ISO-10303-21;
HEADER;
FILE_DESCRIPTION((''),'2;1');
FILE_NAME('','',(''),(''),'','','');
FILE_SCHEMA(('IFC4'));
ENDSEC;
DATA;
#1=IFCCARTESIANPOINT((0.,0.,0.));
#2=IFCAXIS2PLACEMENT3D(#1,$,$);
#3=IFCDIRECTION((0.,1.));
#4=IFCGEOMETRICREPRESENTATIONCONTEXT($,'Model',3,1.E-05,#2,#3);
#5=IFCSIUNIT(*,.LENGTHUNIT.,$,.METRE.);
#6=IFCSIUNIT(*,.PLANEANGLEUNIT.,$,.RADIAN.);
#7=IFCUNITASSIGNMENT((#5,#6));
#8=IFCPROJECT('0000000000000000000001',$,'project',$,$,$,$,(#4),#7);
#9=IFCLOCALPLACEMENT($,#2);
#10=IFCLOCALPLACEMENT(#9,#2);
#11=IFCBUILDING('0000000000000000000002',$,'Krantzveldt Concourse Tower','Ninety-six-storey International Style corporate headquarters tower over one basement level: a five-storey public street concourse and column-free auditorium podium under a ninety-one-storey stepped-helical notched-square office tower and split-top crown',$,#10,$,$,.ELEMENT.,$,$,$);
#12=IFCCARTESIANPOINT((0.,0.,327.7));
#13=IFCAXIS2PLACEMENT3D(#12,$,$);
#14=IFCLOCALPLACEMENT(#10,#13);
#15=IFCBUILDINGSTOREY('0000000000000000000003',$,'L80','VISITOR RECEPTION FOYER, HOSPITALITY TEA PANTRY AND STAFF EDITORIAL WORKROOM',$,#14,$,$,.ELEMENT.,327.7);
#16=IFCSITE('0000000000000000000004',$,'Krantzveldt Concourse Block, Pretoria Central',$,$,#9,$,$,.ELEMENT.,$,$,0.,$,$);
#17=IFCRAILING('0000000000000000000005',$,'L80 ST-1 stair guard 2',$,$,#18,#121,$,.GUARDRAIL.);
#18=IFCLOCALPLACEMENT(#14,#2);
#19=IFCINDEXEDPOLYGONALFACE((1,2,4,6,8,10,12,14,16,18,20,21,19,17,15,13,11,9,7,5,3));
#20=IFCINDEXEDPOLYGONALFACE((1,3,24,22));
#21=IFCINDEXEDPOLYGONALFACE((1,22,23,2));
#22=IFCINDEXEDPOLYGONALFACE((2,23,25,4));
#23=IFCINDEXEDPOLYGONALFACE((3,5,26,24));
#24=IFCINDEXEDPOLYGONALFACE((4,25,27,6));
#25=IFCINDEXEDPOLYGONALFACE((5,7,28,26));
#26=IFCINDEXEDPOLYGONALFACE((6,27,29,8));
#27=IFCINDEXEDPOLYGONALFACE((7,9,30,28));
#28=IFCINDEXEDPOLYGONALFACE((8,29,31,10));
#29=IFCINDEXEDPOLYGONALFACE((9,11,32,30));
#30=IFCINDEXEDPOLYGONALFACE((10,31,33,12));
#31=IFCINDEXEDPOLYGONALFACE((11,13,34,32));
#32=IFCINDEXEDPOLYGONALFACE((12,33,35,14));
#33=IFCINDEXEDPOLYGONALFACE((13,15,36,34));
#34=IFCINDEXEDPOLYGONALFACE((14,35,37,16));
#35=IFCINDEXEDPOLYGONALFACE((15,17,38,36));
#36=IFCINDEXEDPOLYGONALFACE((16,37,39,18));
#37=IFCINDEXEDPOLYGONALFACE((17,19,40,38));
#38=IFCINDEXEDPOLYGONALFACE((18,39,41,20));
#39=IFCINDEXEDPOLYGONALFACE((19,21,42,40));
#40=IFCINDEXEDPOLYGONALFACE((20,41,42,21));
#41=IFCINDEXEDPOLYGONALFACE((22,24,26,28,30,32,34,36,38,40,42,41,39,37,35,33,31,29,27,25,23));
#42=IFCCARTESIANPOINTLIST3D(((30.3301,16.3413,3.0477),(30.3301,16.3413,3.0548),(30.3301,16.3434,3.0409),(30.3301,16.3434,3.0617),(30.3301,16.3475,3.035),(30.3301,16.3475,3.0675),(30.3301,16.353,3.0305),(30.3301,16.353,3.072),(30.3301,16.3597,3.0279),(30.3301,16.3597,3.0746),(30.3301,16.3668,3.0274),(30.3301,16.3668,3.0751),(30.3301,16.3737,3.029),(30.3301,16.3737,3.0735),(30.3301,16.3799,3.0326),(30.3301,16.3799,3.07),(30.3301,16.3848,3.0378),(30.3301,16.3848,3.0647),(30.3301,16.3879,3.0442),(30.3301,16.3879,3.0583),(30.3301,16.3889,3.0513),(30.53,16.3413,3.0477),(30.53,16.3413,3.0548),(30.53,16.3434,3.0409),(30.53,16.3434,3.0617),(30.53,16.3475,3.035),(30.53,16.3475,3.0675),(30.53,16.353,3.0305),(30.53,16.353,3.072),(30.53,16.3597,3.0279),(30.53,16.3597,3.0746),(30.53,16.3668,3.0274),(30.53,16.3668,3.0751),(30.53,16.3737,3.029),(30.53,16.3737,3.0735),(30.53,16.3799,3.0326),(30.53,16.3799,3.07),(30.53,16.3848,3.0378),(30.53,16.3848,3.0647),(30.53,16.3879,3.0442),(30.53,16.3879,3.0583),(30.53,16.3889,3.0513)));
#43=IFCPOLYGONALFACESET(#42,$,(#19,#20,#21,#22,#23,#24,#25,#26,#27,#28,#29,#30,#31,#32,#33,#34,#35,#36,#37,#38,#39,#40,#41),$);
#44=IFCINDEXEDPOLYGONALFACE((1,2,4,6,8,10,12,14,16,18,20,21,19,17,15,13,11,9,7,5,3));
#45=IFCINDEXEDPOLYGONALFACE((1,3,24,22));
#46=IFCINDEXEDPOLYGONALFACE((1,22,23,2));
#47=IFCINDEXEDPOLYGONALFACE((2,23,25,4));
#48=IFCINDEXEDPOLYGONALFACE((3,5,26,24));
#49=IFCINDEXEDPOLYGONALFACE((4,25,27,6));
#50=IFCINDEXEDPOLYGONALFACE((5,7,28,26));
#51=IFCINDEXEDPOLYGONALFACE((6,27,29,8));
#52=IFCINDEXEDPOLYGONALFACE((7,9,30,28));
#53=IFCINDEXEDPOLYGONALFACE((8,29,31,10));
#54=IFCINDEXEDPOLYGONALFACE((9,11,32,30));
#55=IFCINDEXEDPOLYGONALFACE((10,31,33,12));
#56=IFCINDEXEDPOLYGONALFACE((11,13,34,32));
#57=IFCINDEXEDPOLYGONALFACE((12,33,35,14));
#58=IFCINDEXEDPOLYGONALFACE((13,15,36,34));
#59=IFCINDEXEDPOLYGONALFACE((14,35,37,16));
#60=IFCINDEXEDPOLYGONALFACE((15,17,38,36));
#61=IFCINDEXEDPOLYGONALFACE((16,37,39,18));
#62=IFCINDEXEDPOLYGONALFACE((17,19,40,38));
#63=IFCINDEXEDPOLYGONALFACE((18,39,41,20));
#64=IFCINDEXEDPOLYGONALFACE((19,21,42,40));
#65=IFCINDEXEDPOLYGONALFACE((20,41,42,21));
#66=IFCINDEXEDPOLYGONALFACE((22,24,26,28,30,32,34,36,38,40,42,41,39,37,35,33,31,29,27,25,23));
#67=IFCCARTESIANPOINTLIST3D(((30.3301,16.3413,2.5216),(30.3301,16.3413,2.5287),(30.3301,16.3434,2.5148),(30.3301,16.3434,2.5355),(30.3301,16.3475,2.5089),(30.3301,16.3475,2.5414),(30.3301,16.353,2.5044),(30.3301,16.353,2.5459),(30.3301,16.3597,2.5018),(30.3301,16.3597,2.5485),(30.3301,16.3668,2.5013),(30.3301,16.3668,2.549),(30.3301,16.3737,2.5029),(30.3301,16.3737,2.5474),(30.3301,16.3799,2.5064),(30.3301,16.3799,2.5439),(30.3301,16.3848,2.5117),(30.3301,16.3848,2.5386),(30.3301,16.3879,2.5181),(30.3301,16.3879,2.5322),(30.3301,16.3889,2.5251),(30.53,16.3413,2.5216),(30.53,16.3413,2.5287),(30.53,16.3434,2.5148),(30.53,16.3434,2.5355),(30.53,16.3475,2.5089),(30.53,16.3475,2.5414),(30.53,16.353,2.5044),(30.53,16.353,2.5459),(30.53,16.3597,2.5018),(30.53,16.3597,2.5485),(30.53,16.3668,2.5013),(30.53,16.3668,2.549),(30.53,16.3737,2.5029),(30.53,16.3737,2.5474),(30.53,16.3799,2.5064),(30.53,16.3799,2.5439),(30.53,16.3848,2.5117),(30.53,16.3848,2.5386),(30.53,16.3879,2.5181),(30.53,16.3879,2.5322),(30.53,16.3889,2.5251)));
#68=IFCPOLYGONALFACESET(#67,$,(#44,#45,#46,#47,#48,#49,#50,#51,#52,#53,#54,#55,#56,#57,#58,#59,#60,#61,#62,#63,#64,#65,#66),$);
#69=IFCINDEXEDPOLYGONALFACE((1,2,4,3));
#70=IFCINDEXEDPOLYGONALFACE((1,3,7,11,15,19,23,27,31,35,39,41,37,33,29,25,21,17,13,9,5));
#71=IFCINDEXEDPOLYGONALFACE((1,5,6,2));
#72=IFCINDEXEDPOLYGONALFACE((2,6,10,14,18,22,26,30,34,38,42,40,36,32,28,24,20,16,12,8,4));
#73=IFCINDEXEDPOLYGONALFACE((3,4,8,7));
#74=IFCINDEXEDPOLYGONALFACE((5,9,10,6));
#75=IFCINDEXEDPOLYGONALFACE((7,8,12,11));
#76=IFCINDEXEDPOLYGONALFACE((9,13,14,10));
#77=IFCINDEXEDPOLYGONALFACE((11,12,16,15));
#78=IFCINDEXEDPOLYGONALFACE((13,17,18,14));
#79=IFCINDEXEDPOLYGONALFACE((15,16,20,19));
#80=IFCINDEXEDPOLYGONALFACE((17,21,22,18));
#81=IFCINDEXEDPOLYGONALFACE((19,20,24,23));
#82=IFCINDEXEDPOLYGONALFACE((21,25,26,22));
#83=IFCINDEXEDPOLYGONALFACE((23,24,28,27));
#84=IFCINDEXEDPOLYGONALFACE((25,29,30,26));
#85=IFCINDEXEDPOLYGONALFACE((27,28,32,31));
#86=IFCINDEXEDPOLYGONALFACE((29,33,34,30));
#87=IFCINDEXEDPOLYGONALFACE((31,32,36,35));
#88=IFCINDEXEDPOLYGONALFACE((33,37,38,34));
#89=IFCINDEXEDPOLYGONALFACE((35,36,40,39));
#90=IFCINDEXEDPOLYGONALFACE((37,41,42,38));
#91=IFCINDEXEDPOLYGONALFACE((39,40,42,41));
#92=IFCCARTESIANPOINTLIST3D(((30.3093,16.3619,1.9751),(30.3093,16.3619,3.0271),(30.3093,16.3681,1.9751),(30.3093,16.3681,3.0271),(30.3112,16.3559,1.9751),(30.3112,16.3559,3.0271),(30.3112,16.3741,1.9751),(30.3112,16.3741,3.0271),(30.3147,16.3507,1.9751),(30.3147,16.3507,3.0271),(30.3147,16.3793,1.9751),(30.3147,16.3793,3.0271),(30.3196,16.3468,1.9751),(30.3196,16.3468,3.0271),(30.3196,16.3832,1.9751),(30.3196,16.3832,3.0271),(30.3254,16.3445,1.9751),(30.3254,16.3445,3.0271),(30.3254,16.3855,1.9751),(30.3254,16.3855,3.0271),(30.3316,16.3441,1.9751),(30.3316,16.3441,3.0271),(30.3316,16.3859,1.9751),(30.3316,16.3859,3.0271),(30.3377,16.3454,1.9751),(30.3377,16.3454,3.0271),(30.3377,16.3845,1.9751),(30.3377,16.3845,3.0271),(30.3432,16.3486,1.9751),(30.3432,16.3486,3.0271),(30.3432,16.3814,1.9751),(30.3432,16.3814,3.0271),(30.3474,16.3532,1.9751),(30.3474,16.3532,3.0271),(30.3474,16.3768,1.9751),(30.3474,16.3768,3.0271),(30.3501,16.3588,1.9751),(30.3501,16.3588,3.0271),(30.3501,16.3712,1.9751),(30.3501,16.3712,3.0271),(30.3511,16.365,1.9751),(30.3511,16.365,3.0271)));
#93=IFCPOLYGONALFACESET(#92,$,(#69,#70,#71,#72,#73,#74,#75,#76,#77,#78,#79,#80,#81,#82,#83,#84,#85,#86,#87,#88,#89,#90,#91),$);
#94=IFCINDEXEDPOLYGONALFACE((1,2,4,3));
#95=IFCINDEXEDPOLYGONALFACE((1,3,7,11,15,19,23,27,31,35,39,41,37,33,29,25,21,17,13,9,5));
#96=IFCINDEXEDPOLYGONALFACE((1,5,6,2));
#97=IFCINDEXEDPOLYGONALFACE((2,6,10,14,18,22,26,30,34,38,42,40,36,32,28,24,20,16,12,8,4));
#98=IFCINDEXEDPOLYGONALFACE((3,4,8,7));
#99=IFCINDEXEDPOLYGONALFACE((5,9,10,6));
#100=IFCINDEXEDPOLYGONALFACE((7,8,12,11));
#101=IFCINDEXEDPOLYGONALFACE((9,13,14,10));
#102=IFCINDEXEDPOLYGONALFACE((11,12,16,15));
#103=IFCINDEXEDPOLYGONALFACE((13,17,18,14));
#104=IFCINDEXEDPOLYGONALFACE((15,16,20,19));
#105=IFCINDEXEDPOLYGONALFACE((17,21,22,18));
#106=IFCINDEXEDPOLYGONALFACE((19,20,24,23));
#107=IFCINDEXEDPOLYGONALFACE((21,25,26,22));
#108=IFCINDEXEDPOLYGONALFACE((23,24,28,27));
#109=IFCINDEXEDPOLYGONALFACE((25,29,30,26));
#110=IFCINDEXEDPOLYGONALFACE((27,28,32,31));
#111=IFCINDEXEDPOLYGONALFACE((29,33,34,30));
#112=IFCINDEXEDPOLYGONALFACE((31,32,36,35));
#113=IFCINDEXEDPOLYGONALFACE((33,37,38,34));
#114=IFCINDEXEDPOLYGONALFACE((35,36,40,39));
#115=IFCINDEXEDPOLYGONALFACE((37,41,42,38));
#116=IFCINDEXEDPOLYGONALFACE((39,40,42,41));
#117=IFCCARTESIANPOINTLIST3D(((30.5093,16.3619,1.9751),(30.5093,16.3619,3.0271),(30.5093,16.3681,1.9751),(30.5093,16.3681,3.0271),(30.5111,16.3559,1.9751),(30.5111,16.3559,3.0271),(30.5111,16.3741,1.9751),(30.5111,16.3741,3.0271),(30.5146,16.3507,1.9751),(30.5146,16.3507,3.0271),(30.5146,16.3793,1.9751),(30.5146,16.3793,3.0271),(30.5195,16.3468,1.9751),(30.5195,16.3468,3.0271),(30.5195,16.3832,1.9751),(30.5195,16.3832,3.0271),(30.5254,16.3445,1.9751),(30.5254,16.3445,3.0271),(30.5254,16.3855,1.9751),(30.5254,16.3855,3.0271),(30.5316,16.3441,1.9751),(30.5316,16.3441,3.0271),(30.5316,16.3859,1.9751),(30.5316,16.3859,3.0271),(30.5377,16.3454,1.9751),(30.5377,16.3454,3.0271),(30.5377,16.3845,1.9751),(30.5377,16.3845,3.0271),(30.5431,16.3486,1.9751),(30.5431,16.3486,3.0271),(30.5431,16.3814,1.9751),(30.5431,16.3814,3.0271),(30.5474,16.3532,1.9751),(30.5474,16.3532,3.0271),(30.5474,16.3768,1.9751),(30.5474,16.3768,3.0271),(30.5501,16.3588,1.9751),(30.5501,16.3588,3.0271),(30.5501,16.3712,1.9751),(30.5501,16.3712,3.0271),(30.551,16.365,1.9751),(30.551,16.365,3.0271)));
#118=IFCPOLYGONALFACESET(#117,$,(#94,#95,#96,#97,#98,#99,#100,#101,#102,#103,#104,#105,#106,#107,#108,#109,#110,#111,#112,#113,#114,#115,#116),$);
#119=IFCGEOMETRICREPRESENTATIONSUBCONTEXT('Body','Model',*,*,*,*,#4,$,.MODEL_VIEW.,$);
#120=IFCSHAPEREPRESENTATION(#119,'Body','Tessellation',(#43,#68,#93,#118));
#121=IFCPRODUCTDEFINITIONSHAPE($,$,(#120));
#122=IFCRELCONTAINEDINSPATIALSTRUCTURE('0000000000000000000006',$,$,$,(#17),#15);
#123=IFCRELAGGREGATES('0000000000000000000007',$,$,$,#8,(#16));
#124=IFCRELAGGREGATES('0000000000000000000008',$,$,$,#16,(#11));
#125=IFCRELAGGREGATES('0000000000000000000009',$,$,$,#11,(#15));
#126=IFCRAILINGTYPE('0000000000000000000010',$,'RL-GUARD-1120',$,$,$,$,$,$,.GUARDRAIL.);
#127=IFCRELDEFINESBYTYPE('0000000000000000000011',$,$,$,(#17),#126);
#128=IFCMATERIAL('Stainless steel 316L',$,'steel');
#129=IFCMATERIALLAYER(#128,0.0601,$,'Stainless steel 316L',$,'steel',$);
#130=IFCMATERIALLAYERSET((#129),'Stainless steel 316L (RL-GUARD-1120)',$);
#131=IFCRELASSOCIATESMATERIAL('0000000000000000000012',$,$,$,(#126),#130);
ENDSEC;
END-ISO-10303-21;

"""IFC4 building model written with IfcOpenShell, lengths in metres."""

from ifc_helpers import new_model, si_unit, direction, frame, origin, origin_2d, place, context, subcontext, project, spatial, circle, extrude, material, layer, layer_set, type_object, element, save


model = new_model("IFC4")

# Units and contexts
model_context = context("Model", 3, precision=1e-05, world=origin(), true_north=direction((0.0, 1.0)))
body_context = subcontext(model_context, "Body", "Model", "MODEL_VIEW")
ifc_project = project(units=[si_unit("LENGTHUNIT", "METRE"), si_unit("PLANEANGLEUNIT", "RADIAN")], contexts=[model_context])

# Site, building, storey
site_placement = place(None, origin())
site = spatial("IfcSite", under=ifc_project, at=site_placement, Name="Krantzveldt Concourse Block, Pretoria Central", CompositionType="ELEMENT", RefElevation=0.0)
building_placement = place(site_placement, origin())
building = spatial("IfcBuilding", under=site, at=building_placement, Name="Krantzveldt Concourse Tower", Description="Ninety-six-storey International Style corporate headquarters tower over one basement level: a five-storey public street concourse and column-free auditorium podium under a ninety-one-storey stepped-helical notched-square office tower and split-top crown", CompositionType="ELEMENT")
storey_placement = place(building_placement, frame((0.0, 0.0, 327.7)))
storey = spatial("IfcBuildingStorey", under=building, at=storey_placement, Name="L80", Description="VISITOR RECEPTION FOYER, HOSPITALITY TEA PANTRY AND STAFF EDITORIAL WORKROOM", CompositionType="ELEMENT", Elevation=327.7)

# Shared definitions
ifc_material_1 = material(Name="Stainless steel 316L", Category="steel")

# Railing
ifc_layer_1 = layer(ifc_material_1, 0.0601, Name="Stainless steel 316L", Category="steel")
ifc_layer_set_1 = layer_set([ifc_layer_1], Name="Stainless steel 316L (RL-GUARD-1120)")
railing_type_1 = type_object("IfcRailingType", Name="RL-GUARD-1120", PredefinedType="GUARDRAIL", material=ifc_layer_set_1)
railing_1_placement = place(storey_placement, frame((30.3301, 16.365, 1.9751)))
element("IfcRailing", 1, at=railing_1_placement, inside=storey, type_object=railing_type_1, Name="L80 ST-1 stair guard 2", PredefinedType="GUARDRAIL", context=body_context, shape_type="SweptSolid", body=[
    extrude(circle(Radius=0.0239, at=origin_2d()), frame((0.0, 0.0, 1.0762), z_axis=(1.0, 0.0, 0.0), x_axis=(0.0, 1.0, 0.0)), (0.0, 0.0, 1.0), 0.2),
    extrude(circle(Radius=0.0239, at=origin_2d()), frame((0.0, 0.0, 0.55), z_axis=(1.0, 0.0, 0.0), x_axis=(0.0, 1.0, 0.0)), (0.0, 0.0, 1.0), 0.2),
    extrude(circle(Radius=0.021, at=origin_2d()), origin(), (0.0, 0.0, 1.0), 1.052),
    extrude(circle(Radius=0.021, at=origin_2d()), frame((0.2, 0.0, 0.0)), (0.0, 0.0, 1.0), 1.052),
])

save(model, "model.ifc")
